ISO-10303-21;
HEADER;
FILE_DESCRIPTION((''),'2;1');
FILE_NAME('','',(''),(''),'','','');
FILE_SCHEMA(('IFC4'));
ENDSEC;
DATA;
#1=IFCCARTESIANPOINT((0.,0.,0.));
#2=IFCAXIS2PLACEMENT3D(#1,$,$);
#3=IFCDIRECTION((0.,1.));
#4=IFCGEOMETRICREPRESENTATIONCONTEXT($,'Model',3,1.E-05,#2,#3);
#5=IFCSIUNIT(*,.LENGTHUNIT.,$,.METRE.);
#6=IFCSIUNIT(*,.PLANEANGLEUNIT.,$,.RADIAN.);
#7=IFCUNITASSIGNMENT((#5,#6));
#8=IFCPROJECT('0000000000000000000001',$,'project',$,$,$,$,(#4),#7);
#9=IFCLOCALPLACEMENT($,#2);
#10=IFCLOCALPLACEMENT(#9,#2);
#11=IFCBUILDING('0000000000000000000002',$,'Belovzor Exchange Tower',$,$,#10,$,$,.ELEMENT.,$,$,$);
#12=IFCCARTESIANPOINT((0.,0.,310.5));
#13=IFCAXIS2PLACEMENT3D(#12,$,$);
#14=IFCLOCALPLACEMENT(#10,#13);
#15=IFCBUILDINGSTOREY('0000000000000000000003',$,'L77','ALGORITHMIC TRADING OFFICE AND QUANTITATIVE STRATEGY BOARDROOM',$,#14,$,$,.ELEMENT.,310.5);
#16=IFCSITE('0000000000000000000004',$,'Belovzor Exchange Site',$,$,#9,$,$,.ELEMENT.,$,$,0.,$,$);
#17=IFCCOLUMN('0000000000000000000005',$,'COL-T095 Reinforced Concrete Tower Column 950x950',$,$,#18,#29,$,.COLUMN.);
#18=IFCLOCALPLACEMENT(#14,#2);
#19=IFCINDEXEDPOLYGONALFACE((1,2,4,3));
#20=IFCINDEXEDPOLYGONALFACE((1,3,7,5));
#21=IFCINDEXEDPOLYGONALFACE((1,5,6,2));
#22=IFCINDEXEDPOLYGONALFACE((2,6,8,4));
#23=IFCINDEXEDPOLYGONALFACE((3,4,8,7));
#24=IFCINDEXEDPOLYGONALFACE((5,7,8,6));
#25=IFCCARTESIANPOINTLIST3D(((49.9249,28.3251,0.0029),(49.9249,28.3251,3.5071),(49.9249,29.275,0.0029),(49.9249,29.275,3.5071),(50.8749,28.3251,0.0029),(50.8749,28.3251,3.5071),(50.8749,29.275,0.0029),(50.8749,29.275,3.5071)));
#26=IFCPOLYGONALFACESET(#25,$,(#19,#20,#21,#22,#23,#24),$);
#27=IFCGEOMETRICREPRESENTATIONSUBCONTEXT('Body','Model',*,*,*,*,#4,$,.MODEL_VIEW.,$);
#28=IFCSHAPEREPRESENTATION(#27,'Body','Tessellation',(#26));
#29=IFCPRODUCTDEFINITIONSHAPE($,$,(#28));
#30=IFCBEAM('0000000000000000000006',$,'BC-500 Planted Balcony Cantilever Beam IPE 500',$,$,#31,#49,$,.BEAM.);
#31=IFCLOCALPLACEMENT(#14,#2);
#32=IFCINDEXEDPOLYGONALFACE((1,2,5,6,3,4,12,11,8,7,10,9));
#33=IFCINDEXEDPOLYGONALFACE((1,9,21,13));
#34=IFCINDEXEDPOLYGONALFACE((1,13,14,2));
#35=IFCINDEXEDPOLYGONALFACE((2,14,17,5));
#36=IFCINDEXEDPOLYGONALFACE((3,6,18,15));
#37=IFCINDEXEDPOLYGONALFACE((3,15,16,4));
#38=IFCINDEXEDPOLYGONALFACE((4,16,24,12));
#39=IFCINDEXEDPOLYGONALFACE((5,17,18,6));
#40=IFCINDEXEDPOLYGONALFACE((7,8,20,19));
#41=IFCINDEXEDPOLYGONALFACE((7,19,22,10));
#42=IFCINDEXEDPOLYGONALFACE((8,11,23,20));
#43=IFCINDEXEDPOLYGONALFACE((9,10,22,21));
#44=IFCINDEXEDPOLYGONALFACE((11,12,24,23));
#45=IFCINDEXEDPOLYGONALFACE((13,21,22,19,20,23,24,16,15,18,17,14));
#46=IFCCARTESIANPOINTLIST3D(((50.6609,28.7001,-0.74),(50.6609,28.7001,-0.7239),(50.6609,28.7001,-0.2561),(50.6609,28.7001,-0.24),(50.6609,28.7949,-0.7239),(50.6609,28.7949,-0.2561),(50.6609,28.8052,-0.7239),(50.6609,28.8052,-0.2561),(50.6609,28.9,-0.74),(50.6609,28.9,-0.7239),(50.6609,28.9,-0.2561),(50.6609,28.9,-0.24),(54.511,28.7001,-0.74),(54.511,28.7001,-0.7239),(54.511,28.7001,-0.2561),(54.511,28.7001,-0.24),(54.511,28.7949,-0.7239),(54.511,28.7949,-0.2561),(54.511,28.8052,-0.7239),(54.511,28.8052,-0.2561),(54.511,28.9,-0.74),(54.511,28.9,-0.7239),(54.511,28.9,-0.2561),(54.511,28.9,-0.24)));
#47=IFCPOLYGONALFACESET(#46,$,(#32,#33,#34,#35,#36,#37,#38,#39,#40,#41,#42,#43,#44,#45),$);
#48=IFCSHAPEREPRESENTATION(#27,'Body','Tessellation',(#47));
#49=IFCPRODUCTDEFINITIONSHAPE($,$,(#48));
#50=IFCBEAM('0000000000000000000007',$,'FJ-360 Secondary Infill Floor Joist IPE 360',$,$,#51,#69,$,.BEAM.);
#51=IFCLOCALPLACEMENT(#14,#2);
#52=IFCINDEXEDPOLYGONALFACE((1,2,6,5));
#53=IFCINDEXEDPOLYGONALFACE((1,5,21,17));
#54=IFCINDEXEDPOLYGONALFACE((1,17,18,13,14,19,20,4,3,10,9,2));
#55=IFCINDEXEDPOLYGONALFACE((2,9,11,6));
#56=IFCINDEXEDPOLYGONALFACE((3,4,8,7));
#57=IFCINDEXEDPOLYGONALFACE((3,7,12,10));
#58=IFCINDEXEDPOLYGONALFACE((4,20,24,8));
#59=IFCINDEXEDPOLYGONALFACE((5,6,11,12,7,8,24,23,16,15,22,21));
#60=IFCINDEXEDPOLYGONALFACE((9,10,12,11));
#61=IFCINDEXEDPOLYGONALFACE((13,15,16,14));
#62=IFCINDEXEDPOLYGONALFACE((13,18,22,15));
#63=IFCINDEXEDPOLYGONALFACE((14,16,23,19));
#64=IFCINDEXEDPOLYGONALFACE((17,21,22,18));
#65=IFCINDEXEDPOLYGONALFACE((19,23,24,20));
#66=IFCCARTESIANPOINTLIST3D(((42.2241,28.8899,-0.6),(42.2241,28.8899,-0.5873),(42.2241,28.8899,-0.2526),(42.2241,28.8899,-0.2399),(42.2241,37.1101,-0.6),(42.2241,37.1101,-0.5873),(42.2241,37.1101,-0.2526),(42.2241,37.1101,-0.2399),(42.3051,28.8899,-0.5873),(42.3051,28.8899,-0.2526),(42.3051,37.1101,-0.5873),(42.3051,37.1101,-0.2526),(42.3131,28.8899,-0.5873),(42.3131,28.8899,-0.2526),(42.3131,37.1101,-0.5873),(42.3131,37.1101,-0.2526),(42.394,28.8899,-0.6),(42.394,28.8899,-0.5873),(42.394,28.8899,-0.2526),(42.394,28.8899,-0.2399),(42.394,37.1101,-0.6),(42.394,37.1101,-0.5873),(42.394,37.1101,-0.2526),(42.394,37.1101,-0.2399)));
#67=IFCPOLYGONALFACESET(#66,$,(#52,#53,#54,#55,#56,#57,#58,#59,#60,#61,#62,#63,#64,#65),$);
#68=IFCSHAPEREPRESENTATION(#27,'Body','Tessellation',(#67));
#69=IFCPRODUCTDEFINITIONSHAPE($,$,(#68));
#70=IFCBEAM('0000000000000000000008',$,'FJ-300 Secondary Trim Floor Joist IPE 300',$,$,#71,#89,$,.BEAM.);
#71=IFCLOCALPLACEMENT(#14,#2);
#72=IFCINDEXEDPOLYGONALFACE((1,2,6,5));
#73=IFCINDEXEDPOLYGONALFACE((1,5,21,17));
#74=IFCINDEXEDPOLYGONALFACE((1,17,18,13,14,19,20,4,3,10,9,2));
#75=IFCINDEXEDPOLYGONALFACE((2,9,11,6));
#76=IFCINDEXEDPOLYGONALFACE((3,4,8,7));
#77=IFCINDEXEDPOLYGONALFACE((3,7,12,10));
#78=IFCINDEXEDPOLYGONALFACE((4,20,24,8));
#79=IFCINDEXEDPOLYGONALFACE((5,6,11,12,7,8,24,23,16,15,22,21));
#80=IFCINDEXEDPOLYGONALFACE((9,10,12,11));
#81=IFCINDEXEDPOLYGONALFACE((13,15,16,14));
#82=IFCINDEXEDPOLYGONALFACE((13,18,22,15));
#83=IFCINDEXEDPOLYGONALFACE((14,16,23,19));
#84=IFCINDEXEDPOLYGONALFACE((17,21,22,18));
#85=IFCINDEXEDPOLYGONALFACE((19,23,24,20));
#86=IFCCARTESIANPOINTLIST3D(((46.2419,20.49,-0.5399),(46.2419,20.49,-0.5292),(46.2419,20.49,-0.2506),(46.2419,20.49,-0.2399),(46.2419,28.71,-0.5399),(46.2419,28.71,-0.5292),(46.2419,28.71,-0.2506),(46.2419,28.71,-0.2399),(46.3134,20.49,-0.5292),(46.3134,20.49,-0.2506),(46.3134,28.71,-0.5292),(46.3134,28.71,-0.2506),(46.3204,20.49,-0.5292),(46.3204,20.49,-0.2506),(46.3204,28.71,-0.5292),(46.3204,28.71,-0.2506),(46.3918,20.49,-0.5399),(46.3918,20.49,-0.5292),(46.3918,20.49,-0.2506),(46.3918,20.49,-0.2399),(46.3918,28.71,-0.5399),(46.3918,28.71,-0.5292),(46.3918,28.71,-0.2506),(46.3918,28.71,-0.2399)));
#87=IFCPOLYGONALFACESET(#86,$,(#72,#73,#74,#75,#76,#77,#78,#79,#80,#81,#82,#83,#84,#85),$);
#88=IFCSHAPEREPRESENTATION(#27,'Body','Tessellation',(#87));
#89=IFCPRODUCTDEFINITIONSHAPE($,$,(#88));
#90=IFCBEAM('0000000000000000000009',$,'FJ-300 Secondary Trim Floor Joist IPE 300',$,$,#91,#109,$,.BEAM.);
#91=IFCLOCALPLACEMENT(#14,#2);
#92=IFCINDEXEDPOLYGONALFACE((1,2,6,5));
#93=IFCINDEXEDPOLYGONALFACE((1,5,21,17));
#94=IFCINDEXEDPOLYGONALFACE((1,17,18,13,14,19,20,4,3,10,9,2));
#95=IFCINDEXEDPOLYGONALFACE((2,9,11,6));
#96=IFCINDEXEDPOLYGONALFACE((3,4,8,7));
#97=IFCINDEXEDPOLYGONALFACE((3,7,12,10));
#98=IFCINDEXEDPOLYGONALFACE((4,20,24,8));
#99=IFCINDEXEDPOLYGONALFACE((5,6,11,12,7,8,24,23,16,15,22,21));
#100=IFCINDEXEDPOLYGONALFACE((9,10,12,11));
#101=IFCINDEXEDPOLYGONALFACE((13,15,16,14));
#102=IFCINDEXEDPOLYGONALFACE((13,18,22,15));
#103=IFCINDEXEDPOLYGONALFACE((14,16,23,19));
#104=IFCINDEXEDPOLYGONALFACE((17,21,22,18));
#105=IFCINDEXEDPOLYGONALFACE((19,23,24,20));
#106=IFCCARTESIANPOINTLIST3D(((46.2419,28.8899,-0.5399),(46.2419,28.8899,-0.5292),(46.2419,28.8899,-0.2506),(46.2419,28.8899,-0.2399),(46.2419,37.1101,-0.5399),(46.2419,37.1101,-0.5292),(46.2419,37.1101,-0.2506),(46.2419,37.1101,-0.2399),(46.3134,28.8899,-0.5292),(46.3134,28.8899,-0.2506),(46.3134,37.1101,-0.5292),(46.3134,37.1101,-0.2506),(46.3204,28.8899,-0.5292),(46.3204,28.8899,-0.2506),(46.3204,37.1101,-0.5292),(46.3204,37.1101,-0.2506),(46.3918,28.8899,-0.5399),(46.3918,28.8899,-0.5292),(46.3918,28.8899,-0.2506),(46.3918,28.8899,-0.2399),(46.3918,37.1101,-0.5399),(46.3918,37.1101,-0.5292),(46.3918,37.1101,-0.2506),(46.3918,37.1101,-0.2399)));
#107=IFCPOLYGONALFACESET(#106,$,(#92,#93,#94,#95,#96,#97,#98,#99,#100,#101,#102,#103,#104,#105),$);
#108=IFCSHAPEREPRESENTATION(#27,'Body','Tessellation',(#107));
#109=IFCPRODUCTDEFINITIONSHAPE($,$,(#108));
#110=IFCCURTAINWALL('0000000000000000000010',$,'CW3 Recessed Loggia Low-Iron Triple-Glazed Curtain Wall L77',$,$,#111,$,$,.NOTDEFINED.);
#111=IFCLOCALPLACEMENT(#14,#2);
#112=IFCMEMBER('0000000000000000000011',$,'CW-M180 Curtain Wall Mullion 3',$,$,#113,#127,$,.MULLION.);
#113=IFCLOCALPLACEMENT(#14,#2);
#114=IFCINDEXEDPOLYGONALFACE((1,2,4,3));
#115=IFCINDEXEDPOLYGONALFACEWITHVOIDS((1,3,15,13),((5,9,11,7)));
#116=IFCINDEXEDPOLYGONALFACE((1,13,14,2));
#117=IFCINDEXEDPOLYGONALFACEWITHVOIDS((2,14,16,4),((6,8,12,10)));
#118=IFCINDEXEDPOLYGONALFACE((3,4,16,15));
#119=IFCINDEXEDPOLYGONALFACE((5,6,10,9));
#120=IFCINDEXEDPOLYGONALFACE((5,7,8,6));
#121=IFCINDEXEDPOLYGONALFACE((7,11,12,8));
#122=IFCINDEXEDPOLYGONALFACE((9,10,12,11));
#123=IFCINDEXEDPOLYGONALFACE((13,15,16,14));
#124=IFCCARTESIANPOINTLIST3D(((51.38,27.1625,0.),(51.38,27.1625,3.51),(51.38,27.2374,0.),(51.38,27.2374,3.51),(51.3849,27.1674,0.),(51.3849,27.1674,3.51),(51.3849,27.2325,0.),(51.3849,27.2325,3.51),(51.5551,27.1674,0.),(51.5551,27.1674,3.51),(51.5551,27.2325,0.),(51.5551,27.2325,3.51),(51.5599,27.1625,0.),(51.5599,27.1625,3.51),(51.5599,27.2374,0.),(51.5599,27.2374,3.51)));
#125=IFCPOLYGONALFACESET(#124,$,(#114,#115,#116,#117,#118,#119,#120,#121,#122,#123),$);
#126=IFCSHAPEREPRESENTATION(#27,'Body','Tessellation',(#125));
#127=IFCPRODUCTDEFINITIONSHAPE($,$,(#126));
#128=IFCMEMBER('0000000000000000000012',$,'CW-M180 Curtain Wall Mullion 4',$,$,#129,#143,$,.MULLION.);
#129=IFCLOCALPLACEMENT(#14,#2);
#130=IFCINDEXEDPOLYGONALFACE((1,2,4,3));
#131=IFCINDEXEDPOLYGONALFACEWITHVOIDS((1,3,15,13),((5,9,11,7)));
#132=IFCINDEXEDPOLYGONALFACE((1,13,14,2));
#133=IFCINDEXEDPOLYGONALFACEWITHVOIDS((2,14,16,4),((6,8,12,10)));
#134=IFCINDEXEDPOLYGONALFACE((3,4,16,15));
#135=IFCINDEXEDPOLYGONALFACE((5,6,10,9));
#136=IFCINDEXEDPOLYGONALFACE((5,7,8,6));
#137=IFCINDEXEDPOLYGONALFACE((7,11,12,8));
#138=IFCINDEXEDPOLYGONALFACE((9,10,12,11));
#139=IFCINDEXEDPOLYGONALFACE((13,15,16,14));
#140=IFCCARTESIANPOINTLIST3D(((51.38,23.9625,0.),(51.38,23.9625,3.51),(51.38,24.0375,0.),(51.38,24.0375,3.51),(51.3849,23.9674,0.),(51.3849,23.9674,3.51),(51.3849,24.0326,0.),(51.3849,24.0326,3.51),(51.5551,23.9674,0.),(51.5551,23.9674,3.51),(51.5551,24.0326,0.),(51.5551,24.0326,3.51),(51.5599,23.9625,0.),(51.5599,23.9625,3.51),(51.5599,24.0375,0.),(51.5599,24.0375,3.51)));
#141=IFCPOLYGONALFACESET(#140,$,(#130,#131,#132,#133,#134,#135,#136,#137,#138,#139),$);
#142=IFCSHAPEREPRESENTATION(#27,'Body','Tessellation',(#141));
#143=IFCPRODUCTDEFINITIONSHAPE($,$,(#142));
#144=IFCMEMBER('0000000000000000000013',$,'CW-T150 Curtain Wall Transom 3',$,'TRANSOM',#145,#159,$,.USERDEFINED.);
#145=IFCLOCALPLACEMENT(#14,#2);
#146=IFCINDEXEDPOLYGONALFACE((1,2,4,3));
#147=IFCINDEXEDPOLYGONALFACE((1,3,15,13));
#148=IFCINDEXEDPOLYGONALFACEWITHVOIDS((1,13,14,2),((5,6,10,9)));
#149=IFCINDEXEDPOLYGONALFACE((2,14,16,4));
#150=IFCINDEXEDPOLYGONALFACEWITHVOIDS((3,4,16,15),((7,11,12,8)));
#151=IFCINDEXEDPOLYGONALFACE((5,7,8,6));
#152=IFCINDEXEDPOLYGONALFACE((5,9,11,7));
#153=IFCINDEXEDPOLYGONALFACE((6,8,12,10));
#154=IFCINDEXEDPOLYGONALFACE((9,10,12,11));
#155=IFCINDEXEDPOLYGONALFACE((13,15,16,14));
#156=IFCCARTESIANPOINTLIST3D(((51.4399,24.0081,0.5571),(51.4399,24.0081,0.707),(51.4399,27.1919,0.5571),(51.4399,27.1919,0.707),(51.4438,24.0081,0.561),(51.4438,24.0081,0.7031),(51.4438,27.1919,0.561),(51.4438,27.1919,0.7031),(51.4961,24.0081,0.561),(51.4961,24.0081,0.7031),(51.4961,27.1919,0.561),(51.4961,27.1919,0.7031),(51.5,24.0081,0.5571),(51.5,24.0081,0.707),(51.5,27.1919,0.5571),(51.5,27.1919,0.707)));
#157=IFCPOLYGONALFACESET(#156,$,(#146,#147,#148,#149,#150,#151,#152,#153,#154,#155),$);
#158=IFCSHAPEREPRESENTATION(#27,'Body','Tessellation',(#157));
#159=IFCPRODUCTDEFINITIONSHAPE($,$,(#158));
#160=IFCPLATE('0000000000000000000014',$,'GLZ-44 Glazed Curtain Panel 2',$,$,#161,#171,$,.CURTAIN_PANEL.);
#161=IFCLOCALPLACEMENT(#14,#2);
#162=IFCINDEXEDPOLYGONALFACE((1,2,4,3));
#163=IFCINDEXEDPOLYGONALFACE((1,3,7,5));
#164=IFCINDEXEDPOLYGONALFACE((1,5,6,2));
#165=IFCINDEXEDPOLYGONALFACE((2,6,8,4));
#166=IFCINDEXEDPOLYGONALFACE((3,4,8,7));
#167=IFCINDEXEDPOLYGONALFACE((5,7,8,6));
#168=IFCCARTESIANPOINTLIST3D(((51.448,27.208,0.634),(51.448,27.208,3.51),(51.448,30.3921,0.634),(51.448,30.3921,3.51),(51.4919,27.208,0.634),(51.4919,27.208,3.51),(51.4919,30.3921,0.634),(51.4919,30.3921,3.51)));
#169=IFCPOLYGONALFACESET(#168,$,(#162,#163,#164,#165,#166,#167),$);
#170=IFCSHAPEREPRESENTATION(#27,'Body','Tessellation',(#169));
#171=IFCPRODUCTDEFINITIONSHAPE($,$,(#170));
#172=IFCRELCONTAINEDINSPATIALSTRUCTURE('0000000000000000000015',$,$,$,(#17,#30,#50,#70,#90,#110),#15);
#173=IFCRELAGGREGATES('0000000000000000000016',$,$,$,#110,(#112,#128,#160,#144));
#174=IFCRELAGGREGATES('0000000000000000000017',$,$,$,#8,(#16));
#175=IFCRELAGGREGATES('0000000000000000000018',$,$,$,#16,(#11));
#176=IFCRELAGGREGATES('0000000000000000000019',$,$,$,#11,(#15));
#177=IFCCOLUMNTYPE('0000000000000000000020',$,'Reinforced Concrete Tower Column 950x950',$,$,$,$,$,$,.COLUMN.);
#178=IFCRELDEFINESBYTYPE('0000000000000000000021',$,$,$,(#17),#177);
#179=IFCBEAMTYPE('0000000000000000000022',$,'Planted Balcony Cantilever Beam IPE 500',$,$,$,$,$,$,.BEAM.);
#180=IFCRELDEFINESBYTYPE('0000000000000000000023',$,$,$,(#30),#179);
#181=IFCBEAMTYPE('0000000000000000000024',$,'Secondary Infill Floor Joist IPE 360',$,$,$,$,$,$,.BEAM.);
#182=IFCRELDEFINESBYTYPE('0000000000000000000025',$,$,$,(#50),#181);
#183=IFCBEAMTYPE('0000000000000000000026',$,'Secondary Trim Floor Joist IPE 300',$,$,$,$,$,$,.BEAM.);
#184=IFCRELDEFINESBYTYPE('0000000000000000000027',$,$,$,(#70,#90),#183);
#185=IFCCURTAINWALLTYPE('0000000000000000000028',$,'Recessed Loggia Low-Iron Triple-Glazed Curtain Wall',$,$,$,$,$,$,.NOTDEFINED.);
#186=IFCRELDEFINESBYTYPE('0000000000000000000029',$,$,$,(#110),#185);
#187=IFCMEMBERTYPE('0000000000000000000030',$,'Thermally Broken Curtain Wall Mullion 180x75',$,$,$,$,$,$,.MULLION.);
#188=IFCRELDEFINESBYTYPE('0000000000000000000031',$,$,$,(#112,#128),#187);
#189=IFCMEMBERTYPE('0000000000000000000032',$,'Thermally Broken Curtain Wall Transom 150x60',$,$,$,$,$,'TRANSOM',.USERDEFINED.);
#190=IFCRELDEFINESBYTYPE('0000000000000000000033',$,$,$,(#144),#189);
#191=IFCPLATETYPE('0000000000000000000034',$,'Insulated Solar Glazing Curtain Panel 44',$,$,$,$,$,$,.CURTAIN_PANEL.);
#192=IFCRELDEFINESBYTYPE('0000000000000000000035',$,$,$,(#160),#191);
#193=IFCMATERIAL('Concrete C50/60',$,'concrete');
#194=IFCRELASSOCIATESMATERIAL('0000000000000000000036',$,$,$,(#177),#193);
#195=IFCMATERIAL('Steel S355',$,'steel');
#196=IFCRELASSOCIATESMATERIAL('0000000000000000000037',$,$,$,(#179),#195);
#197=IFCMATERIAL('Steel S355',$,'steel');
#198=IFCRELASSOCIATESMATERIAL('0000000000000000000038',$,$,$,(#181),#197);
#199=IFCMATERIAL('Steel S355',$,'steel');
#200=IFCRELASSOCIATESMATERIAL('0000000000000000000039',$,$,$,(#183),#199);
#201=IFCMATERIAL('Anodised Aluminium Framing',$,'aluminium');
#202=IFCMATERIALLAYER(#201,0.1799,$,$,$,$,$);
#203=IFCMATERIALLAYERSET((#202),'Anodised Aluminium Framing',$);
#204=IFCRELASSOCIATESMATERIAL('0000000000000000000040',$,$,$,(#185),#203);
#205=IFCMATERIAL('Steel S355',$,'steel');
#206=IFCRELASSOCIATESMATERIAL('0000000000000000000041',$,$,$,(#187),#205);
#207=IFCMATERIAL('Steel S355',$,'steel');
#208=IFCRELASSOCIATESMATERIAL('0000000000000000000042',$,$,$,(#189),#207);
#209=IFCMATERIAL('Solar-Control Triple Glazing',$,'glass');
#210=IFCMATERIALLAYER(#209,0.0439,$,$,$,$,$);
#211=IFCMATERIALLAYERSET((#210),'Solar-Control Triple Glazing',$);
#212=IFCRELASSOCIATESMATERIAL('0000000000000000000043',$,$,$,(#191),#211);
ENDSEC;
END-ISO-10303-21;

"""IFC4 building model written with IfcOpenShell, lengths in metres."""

from ifc_helpers import new_model, si_unit, direction, frame, origin, origin_2d, place, context, subcontext, project, spatial, rectangle, hollow_rectangle, i_section, extrude, material, layer, layer_set, material_profile, profile_set, type_object, element, aggregate, save


model = new_model("IFC4")

# Units and contexts
model_context = context("Model", 3, precision=1e-05, world=origin(), true_north=direction((0.0, 1.0)))
body_context = subcontext(model_context, "Body", "Model", "MODEL_VIEW")
ifc_project = project(units=[si_unit("LENGTHUNIT", "METRE"), si_unit("PLANEANGLEUNIT", "RADIAN")], contexts=[model_context])

# Site, building, storey
site_placement = place(None, origin())
site = spatial("IfcSite", under=ifc_project, at=site_placement, Name="Belovzor Exchange Site", CompositionType="ELEMENT", RefElevation=0.0)
building_placement = place(site_placement, origin())
building = spatial("IfcBuilding", under=site, at=building_placement, Name="Belovzor Exchange Tower", CompositionType="ELEMENT")
storey_placement = place(building_placement, frame((0.0, 0.0, 310.5)))
storey = spatial("IfcBuildingStorey", under=building, at=storey_placement, Name="L77", Description="ALGORITHMIC TRADING OFFICE AND QUANTITATIVE STRATEGY BOARDROOM", CompositionType="ELEMENT", Elevation=310.5)

# Column
ifc_material_1 = material(Name="Concrete C50/60", Category="concrete")
ifc_material_profile_1 = material_profile(ifc_material_1, rectangle(XDim=0.95, YDim=0.95, at=origin_2d()))
ifc_profile_set_1 = profile_set([ifc_material_profile_1], Name="Concrete C50/60")
column_type = type_object("IfcColumnType", Name="Reinforced Concrete Tower Column 950x950", PredefinedType="COLUMN", material=ifc_profile_set_1)
column_placement = place(storey_placement, frame((50.3999, 28.8, 0.0029), z_axis=(0.0, 0.0, 1.0), x_axis=(1.0, 0.0, 0.0)))
element("IfcColumn", 1, at=column_placement, inside=storey, type_object=column_type, Name="COL-T095 Reinforced Concrete Tower Column 950x950", PredefinedType="COLUMN", context=body_context, shape_type="SweptSolid", body=[
    extrude(rectangle(XDim=0.95, YDim=0.95, at=origin_2d()), origin(), (0.0, 0.0, 1.0), 3.5042),
])

# Beams
ifc_material_2 = material(Name="Steel S355", Category="steel")
ifc_material_profile_2 = material_profile(ifc_material_2, i_section(OverallWidth=0.2, OverallDepth=0.5, WebThickness=0.0103, FlangeThickness=0.0161, at=origin_2d()))
ifc_profile_set_2 = profile_set([ifc_material_profile_2], Name="Steel S355")
beam_type_1 = type_object("IfcBeamType", Name="Planted Balcony Cantilever Beam IPE 500", PredefinedType="BEAM", material=ifc_profile_set_2)
beam_1_placement = place(storey_placement, frame((50.6609, 28.8, -0.49), z_axis=(1.0, 0.0, 0.0), x_axis=(0.0, 1.0, 0.0)))
element("IfcBeam", 2, at=beam_1_placement, inside=storey, type_object=beam_type_1, Name="BC-500 Planted Balcony Cantilever Beam IPE 500", PredefinedType="BEAM", context=body_context, shape_type="SweptSolid", body=[
    extrude(i_section(OverallWidth=0.2, OverallDepth=0.5, WebThickness=0.0103, FlangeThickness=0.0161, at=origin_2d()), origin(), (0.0, 0.0, 1.0), 3.8501),
])
ifc_material_3 = material(Name="Steel S355", Category="steel")
ifc_material_profile_3 = material_profile(ifc_material_3, i_section(OverallWidth=0.1699, OverallDepth=0.3601, WebThickness=0.0081, FlangeThickness=0.0127, at=origin_2d()))
ifc_profile_set_3 = profile_set([ifc_material_profile_3], Name="Steel S355")
beam_type_2 = type_object("IfcBeamType", Name="Secondary Infill Floor Joist IPE 360", PredefinedType="BEAM", material=ifc_profile_set_3)
beam_2_placement = place(storey_placement, frame((42.3091, 28.8899, -0.4199), z_axis=(0.0, 1.0, 0.0), x_axis=(-1.0, 0.0, 0.0)))
element("IfcBeam", 3, at=beam_2_placement, inside=storey, type_object=beam_type_2, Name="FJ-360 Secondary Infill Floor Joist IPE 360", PredefinedType="BEAM", context=body_context, shape_type="SweptSolid", body=[
    extrude(i_section(OverallWidth=0.1699, OverallDepth=0.3601, WebThickness=0.0081, FlangeThickness=0.0127, at=origin_2d()), origin(), (0.0, 0.0, 1.0), 8.2202),
])
ifc_material_4 = material(Name="Steel S355", Category="steel")
ifc_material_profile_4 = material_profile(ifc_material_4, i_section(OverallWidth=0.1499, OverallDepth=0.3, WebThickness=0.0071, FlangeThickness=0.0107, at=origin_2d()))
ifc_profile_set_4 = profile_set([ifc_material_profile_4], Name="Steel S355")
beam_type_3 = type_object("IfcBeamType", Name="Secondary Trim Floor Joist IPE 300", PredefinedType="BEAM", material=ifc_profile_set_4)
beam_3_placement = place(storey_placement, frame((46.3169, 20.49, -0.3899), z_axis=(0.0, 1.0, 0.0), x_axis=(-1.0, 0.0, 0.0)))
element("IfcBeam", 4, at=beam_3_placement, inside=storey, type_object=beam_type_3, Name="FJ-300 Secondary Trim Floor Joist IPE 300", PredefinedType="BEAM", context=body_context, shape_type="SweptSolid", body=[
    extrude(i_section(OverallWidth=0.1499, OverallDepth=0.3, WebThickness=0.0071, FlangeThickness=0.0107, at=origin_2d()), origin(), (0.0, 0.0, 1.0), 8.22),
])
beam_4_placement = place(storey_placement, frame((46.3169, 28.8899, -0.3899), z_axis=(0.0, 1.0, 0.0), x_axis=(-1.0, 0.0, 0.0)))
element("IfcBeam", 5, at=beam_4_placement, inside=storey, type_object=beam_type_3, Name="FJ-300 Secondary Trim Floor Joist IPE 300", PredefinedType="BEAM", context=body_context, shape_type="SweptSolid", body=[
    extrude(i_section(OverallWidth=0.1499, OverallDepth=0.3, WebThickness=0.0071, FlangeThickness=0.0107, at=origin_2d()), origin(), (0.0, 0.0, 1.0), 8.2202),
])

# Curtain wall, members, plate
ifc_material_5 = material(Name="Anodised Aluminium Framing", Category="aluminium")
ifc_layer_1 = layer(ifc_material_5, 0.1799)
ifc_layer_set_1 = layer_set([ifc_layer_1], Name="Anodised Aluminium Framing")
curtain_wall_type = type_object("IfcCurtainWallType", Name="Recessed Loggia Low-Iron Triple-Glazed Curtain Wall", PredefinedType="NOTDEFINED", material=ifc_layer_set_1)
curtain_wall_placement = place(storey_placement, origin())
curtain_wall = element("IfcCurtainWall", 6, at=curtain_wall_placement, inside=storey, type_object=curtain_wall_type, Name="CW3 Recessed Loggia Low-Iron Triple-Glazed Curtain Wall L77", PredefinedType="NOTDEFINED")
ifc_material_6 = material(Name="Steel S355", Category="steel")
ifc_material_profile_5 = material_profile(ifc_material_6, hollow_rectangle(XDim=0.075, YDim=0.1799, WallThickness=0.0049, at=origin_2d()))
ifc_profile_set_5 = profile_set([ifc_material_profile_5], Name="Steel S355")
member_type_1 = type_object("IfcMemberType", Name="Thermally Broken Curtain Wall Mullion 180x75", PredefinedType="MULLION", material=ifc_profile_set_5)
member_1_placement = place(storey_placement, frame((51.47, 27.2, 0.0), z_axis=(0.0, 0.0, 1.0), x_axis=(0.0, -1.0, 0.0)))
member_1 = element("IfcMember", 7, at=member_1_placement, type_object=member_type_1, Name="CW-M180 Curtain Wall Mullion 3", PredefinedType="MULLION", context=body_context, shape_type="SweptSolid", body=[
    extrude(hollow_rectangle(XDim=0.075, YDim=0.1799, WallThickness=0.0049, at=origin_2d()), origin(), (0.0, 0.0, 1.0), 3.51),
])
member_2_placement = place(storey_placement, frame((51.47, 24.0, 0.0), z_axis=(0.0, 0.0, 1.0), x_axis=(0.0, -1.0, 0.0)))
member_2 = element("IfcMember", 8, at=member_2_placement, type_object=member_type_1, Name="CW-M180 Curtain Wall Mullion 4", PredefinedType="MULLION", context=body_context, shape_type="SweptSolid", body=[
    extrude(hollow_rectangle(XDim=0.075, YDim=0.1799, WallThickness=0.0049, at=origin_2d()), origin(), (0.0, 0.0, 1.0), 3.51),
])
ifc_material_7 = material(Name="Steel S355", Category="steel")
ifc_material_profile_6 = material_profile(ifc_material_7, hollow_rectangle(XDim=0.0601, YDim=0.1499, WallThickness=0.0039, at=origin_2d()))
ifc_profile_set_6 = profile_set([ifc_material_profile_6], Name="Steel S355")
member_type_2 = type_object("IfcMemberType", Name="Thermally Broken Curtain Wall Transom 150x60", ElementType="TRANSOM", PredefinedType="USERDEFINED", material=ifc_profile_set_6)
member_3_placement = place(storey_placement, frame((51.47, 27.1919, 0.6321), z_axis=(0.0, -1.0, 0.0), x_axis=(1.0, 0.0, 0.0)))
member_3 = element("IfcMember", 9, at=member_3_placement, type_object=member_type_2, Name="CW-T150 Curtain Wall Transom 3", ObjectType="TRANSOM", PredefinedType="USERDEFINED", context=body_context, shape_type="SweptSolid", body=[
    extrude(hollow_rectangle(XDim=0.0601, YDim=0.1499, WallThickness=0.0039, at=origin_2d()), origin(), (0.0, 0.0, 1.0), 3.1838),
])
ifc_material_8 = material(Name="Solar-Control Triple Glazing", Category="glass")
ifc_layer_2 = layer(ifc_material_8, 0.0439)
ifc_layer_set_2 = layer_set([ifc_layer_2], Name="Solar-Control Triple Glazing")
plate_type_1 = type_object("IfcPlateType", Name="Insulated Solar Glazing Curtain Panel 44", PredefinedType="CURTAIN_PANEL", material=ifc_layer_set_2)
plate_1_placement = place(storey_placement, frame((51.47, 28.8, 0.634), z_axis=(0.0, 0.0, 1.0), x_axis=(0.0, -1.0, 0.0)))
plate_1 = element("IfcPlate", 10, at=plate_1_placement, type_object=plate_type_1, Name="GLZ-44 Glazed Curtain Panel 2", PredefinedType="CURTAIN_PANEL", context=body_context, shape_type="SweptSolid", body=[
    extrude(rectangle(XDim=3.1841, YDim=0.0439, at=origin_2d()), origin(), (0.0, 0.0, 1.0), 2.876),
])
aggregate(curtain_wall, [member_1, member_2, plate_1, member_3])

save(model, "model.ifc")
